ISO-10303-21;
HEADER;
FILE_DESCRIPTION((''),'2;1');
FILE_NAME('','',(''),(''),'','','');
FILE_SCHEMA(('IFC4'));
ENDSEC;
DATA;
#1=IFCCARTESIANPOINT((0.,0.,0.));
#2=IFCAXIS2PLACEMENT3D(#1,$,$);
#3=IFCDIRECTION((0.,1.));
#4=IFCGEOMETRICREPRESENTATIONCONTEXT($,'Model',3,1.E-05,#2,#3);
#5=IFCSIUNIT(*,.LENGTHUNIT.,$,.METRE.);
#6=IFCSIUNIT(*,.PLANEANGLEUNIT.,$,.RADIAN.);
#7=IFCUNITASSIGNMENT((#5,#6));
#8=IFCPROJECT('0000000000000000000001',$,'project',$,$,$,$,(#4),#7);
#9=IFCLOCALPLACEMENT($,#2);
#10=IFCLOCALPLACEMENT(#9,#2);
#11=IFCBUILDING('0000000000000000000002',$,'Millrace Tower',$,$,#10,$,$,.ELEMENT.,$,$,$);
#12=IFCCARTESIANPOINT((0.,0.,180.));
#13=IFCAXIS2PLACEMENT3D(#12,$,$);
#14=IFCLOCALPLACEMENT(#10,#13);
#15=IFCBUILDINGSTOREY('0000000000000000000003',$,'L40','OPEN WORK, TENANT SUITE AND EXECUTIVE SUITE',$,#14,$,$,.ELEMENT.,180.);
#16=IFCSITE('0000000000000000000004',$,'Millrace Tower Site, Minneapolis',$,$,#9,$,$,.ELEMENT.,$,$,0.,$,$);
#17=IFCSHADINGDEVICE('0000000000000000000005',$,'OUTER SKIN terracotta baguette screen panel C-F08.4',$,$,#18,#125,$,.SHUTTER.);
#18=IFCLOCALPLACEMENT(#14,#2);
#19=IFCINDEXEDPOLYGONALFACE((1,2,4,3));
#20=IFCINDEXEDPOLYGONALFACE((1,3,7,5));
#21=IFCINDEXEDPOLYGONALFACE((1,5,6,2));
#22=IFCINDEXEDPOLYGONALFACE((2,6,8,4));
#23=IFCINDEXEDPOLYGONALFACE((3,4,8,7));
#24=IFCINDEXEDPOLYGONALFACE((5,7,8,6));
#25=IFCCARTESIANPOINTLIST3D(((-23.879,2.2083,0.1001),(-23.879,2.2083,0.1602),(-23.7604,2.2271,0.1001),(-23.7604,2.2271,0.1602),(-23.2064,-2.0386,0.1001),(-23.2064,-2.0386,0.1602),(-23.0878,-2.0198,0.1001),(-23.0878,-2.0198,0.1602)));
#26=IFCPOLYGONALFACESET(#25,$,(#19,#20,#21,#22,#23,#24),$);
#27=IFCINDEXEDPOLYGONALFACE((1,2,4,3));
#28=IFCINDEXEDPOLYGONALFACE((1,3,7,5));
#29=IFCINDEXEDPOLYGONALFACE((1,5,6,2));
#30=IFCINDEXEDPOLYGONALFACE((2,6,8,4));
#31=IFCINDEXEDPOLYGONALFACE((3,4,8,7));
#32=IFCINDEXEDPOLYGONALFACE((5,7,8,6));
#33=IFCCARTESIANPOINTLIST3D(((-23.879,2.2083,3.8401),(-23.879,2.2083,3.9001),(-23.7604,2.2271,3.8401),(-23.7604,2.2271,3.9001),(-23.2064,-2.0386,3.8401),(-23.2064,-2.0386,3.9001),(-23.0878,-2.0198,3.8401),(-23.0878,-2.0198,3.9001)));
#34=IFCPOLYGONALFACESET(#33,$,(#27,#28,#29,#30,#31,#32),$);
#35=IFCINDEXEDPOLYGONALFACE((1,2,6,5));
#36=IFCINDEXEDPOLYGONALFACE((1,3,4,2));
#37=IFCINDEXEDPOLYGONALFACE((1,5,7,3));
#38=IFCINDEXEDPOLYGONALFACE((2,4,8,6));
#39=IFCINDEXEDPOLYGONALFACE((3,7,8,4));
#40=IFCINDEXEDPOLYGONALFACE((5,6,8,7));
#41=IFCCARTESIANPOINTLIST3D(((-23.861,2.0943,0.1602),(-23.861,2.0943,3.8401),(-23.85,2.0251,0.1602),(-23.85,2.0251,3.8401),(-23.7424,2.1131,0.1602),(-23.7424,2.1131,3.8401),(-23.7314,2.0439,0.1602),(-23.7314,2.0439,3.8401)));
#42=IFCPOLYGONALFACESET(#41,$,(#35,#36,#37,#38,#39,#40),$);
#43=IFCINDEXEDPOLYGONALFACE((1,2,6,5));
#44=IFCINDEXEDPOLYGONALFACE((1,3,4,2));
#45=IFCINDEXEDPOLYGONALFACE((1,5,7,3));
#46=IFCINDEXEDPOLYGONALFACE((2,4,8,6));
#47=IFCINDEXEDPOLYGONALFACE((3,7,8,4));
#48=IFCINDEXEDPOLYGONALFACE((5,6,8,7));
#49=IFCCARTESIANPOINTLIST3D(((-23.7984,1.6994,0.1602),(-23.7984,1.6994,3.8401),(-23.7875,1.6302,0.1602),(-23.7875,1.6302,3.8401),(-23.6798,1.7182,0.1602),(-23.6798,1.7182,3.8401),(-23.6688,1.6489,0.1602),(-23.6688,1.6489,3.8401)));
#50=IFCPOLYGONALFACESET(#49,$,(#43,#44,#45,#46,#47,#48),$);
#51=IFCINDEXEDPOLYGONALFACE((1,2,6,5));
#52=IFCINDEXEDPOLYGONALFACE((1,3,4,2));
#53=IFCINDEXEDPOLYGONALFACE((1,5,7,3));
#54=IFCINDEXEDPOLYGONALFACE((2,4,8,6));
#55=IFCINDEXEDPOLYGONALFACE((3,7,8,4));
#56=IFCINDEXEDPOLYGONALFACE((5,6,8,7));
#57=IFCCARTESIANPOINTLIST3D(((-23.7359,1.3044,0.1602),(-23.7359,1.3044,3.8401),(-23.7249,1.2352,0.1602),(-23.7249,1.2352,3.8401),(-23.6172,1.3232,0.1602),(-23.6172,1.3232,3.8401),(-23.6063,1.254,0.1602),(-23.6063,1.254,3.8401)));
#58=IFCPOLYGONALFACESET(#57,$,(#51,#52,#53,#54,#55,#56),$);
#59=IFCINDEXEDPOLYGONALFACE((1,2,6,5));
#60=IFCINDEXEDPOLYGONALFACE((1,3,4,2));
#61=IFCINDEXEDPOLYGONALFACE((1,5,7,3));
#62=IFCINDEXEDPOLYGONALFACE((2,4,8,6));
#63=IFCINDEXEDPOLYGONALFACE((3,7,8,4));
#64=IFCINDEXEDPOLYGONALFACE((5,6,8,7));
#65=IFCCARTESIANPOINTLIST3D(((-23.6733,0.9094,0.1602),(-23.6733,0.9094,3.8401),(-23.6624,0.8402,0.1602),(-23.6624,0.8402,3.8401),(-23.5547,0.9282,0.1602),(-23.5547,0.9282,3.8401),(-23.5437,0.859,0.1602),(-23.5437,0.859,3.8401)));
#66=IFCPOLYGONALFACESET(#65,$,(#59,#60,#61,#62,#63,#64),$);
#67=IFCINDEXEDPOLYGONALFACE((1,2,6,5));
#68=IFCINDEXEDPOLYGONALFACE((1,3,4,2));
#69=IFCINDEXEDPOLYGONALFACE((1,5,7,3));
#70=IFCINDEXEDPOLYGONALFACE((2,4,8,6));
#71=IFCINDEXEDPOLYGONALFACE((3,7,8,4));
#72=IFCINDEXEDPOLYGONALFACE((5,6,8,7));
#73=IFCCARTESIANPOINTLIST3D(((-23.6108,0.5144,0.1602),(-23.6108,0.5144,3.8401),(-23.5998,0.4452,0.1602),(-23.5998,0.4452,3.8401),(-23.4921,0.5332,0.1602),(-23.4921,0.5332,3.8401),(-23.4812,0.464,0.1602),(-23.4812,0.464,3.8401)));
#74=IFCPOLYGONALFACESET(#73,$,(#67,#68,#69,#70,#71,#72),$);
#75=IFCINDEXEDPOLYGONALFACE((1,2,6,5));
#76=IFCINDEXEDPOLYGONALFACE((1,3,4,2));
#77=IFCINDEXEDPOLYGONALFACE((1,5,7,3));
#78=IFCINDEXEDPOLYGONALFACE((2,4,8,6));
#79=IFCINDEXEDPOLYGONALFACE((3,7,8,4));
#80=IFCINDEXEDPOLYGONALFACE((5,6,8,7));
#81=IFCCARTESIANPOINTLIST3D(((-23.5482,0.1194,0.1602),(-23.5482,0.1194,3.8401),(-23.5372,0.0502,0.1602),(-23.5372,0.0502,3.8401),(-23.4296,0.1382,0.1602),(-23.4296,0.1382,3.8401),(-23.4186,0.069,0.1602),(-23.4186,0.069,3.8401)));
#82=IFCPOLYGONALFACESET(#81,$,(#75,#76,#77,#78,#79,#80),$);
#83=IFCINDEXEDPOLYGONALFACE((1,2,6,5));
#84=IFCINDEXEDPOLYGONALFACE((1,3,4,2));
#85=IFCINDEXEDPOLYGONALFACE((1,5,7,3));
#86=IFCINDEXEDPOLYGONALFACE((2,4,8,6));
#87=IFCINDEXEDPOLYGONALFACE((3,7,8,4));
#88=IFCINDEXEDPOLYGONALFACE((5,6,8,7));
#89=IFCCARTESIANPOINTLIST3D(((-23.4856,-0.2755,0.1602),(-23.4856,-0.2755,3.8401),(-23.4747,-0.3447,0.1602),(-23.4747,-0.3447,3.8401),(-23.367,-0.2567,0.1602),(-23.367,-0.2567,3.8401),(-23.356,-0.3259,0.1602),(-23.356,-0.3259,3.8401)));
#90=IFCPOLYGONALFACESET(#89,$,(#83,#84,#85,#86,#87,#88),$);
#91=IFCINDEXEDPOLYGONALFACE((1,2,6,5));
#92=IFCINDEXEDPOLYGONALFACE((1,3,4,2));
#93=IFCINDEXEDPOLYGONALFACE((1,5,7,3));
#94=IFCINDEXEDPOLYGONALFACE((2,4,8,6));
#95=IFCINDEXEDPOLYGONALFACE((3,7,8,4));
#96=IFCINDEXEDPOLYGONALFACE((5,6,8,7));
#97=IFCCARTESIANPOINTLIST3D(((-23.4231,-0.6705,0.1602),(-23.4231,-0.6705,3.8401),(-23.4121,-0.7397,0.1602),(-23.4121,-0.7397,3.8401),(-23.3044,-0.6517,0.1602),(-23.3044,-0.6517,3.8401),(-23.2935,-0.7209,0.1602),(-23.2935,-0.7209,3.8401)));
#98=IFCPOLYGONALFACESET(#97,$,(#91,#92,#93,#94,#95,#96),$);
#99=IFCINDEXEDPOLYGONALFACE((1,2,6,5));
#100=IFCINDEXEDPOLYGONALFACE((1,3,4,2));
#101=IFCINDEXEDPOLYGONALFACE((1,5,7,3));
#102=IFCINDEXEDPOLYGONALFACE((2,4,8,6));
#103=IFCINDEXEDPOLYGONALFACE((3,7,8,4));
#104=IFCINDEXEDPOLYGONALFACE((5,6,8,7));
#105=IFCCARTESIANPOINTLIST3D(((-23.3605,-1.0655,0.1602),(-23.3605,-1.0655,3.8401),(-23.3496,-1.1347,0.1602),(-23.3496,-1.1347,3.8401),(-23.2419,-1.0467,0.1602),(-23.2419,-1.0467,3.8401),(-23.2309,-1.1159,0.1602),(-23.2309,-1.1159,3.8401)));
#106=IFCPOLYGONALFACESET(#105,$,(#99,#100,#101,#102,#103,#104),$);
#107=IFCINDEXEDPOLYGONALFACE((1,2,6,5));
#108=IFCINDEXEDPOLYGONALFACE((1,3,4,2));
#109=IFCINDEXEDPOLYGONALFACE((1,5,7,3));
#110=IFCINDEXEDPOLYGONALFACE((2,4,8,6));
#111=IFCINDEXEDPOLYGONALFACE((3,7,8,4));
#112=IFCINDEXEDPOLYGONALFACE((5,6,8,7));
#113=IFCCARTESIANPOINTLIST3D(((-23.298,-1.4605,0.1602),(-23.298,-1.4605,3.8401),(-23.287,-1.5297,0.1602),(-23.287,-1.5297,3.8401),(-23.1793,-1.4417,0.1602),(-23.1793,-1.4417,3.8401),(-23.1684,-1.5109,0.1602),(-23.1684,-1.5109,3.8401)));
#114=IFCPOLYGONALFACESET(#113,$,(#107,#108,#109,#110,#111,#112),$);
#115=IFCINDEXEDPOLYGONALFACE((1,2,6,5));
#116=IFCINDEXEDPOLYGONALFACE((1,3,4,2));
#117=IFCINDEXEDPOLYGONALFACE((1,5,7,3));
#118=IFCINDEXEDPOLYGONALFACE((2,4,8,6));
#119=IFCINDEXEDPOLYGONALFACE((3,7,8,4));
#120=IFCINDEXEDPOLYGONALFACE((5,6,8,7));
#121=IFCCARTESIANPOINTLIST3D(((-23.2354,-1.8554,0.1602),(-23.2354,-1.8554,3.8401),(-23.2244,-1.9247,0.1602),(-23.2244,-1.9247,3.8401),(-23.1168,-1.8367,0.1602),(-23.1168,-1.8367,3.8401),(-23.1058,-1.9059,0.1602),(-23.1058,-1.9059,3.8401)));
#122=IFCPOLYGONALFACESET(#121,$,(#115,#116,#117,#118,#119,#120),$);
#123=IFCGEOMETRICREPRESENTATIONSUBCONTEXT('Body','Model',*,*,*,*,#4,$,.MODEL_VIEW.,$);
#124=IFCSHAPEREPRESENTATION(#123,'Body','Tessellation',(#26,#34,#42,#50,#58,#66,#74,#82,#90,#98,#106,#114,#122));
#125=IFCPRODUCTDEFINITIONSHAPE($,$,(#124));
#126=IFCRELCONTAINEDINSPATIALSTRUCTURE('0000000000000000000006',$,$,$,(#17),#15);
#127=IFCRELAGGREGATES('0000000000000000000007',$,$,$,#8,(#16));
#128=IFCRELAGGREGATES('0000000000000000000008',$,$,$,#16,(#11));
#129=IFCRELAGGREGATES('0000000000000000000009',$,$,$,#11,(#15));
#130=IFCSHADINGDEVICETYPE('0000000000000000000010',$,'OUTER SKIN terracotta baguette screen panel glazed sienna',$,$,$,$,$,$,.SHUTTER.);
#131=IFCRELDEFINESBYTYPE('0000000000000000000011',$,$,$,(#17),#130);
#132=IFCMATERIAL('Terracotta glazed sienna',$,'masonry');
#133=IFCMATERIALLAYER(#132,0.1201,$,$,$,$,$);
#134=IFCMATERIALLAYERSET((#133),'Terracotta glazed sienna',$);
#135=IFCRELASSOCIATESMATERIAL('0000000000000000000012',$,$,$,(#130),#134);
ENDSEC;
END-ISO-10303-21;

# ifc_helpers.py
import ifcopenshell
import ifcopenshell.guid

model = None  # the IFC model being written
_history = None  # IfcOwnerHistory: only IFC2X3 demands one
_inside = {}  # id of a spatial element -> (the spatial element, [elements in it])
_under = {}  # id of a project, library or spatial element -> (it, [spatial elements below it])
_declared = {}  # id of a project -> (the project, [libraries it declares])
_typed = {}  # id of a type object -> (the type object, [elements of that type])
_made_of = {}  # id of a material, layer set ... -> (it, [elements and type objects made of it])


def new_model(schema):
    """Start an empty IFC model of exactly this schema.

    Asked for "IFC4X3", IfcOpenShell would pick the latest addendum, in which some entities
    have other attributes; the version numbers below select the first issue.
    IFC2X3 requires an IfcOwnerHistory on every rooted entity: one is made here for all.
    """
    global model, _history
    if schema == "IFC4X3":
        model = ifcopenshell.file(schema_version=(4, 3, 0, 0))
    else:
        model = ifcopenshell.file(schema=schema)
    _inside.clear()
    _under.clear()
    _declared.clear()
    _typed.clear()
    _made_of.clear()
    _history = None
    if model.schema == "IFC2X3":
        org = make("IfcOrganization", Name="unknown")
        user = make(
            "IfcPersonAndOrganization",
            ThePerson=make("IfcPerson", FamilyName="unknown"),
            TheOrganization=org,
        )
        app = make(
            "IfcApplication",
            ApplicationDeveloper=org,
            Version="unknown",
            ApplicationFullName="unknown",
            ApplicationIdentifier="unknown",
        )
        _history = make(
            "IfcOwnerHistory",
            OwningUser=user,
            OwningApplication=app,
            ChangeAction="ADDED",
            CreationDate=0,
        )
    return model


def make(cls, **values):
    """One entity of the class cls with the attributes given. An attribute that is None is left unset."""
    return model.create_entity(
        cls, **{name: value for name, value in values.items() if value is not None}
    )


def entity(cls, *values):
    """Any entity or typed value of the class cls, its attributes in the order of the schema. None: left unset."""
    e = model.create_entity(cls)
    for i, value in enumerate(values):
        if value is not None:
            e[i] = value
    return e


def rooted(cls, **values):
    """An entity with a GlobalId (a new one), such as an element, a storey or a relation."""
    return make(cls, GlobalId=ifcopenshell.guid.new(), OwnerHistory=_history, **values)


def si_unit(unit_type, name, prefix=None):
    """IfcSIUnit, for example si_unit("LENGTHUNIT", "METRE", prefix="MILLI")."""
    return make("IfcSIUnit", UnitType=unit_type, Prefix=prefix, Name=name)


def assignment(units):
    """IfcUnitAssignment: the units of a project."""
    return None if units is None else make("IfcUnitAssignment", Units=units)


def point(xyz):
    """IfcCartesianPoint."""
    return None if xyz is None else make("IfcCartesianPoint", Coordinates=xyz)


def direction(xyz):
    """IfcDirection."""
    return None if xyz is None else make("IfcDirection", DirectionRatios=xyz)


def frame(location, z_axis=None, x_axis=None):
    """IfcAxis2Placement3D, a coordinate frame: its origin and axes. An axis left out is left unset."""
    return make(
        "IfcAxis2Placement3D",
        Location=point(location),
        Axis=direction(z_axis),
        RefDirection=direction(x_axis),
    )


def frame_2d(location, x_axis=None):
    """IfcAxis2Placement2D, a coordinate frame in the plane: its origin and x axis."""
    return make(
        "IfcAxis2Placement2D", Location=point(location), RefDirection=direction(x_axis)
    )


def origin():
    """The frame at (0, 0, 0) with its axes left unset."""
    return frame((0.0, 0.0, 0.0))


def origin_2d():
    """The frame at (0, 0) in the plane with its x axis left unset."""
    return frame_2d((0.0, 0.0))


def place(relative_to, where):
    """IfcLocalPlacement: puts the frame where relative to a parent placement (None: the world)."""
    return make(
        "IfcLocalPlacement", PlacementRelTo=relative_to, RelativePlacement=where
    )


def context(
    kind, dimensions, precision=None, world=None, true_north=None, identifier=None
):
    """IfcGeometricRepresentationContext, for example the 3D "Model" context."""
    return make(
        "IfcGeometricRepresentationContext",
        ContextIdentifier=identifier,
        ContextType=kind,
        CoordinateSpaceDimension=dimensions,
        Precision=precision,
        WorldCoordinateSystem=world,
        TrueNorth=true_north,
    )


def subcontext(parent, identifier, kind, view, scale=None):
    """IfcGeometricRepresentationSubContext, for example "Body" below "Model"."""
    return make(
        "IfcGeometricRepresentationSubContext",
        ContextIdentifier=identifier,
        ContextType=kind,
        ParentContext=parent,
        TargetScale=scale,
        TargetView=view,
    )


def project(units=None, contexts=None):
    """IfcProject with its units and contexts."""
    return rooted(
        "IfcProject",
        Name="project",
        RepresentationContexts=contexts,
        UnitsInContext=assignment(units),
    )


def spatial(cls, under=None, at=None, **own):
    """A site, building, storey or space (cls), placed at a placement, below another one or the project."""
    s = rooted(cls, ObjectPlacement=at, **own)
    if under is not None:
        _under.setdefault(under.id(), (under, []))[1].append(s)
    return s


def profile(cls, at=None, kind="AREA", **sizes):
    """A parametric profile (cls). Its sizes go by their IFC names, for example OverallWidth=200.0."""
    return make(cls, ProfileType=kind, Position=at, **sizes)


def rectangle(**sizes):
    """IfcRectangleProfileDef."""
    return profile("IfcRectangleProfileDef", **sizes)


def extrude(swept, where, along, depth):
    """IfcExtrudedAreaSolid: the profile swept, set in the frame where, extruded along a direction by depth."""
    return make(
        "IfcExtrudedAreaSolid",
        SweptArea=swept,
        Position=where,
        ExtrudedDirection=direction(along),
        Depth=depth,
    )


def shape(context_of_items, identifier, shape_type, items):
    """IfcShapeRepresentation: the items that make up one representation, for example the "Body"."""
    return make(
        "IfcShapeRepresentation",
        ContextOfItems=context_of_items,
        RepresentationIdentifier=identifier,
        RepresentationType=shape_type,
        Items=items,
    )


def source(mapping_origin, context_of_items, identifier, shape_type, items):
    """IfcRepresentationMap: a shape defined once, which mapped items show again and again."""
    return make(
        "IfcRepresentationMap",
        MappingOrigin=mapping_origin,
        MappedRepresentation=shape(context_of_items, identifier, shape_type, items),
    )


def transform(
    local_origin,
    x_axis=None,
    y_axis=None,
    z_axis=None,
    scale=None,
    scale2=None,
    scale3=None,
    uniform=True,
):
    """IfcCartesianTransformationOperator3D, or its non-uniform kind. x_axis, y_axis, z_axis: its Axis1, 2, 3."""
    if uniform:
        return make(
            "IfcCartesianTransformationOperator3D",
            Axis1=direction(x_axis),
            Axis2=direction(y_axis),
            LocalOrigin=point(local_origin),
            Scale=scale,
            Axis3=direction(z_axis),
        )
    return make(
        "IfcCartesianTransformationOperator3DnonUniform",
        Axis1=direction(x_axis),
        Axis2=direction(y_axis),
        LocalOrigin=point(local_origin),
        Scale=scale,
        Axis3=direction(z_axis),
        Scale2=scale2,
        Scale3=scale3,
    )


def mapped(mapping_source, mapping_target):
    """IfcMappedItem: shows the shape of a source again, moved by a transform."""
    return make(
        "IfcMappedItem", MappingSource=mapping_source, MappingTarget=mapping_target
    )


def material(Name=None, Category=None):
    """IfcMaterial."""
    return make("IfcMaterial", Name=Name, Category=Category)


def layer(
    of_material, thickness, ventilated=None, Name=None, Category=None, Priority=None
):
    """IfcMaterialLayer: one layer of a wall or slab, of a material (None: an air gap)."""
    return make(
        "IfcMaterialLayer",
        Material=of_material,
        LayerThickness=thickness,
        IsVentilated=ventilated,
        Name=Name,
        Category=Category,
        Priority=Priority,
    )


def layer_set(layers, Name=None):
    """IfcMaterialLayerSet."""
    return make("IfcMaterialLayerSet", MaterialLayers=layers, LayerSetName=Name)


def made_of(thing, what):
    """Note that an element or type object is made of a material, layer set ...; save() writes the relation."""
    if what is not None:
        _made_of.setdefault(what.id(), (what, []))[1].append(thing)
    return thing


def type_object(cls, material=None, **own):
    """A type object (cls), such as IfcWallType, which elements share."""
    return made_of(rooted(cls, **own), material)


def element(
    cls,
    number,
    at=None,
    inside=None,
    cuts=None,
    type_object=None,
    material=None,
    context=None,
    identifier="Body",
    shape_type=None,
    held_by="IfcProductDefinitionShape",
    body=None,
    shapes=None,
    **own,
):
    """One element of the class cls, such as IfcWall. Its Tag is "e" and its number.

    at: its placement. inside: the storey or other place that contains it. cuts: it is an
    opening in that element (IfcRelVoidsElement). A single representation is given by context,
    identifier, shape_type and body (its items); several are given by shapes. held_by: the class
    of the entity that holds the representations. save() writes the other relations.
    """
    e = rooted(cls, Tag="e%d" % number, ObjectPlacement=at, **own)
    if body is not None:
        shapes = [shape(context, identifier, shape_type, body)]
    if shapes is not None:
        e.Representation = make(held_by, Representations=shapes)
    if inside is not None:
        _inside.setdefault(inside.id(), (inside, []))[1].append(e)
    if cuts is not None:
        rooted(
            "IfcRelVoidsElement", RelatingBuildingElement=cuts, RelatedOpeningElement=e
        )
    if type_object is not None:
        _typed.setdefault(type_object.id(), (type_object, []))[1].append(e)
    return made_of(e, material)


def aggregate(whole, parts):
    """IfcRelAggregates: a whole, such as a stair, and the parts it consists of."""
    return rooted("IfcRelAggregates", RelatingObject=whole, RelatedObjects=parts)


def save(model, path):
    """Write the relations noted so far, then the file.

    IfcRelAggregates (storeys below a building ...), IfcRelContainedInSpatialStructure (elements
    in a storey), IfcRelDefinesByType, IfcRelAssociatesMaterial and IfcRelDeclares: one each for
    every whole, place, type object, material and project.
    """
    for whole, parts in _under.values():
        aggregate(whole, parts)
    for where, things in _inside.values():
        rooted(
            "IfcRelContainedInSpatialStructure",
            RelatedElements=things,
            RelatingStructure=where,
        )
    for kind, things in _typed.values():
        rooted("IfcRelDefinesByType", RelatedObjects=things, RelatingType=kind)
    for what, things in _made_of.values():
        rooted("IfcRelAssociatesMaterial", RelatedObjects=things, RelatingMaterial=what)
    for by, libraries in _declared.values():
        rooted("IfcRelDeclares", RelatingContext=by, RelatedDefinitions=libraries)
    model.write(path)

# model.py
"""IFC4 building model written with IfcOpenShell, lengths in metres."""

from ifc_helpers import new_model, entity, si_unit, direction, frame, frame_2d, origin, origin_2d, place, context, subcontext, project, spatial, rectangle, extrude, source, transform, mapped, material, layer, layer_set, type_object, element, save


model = new_model("IFC4")

# Units and contexts
model_context = context("Model", 3, precision=1e-05, world=origin(), true_north=direction((0.0, 1.0)))
body_context = subcontext(model_context, "Body", "Model", "MODEL_VIEW")
ifc_project = project(units=[si_unit("LENGTHUNIT", "METRE"), si_unit("PLANEANGLEUNIT", "RADIAN")], contexts=[model_context])

# Site, building, storey
site_placement = place(None, origin())
site = spatial("IfcSite", under=ifc_project, at=site_placement, Name="Millrace Tower Site, Minneapolis", CompositionType="ELEMENT", RefElevation=0.0)
building_placement = place(site_placement, origin())
building = spatial("IfcBuilding", under=site, at=building_placement, Name="Millrace Tower", CompositionType="ELEMENT")
storey_placement = place(building_placement, frame((0.0, 0.0, 180.0)))
storey = spatial("IfcBuildingStorey", under=building, at=storey_placement, Name="L40", Description="OPEN WORK, TENANT SUITE AND EXECUTIVE SUITE", CompositionType="ELEMENT", Elevation=180.0)

# Shading device
ifc_material_1 = material(Name="Terracotta glazed sienna", Category="masonry")
ifc_layer_1 = layer(ifc_material_1, 0.1201)
ifc_layer_set_1 = layer_set([ifc_layer_1], Name="Terracotta glazed sienna")
shading_device_type = type_object("IfcShadingDeviceType", Name="OUTER SKIN terracotta baguette screen panel glazed sienna", PredefinedType="SHUTTER", material=ifc_layer_set_1)
cartesian_point = entity("IfcCartesianPoint", [-2.1499, 0.0601])
shared_polyline = entity("IfcPolyline", [cartesian_point, entity("IfcCartesianPoint", [2.1499, 0.0601]), entity("IfcCartesianPoint", [2.1499, -0.0601]), entity("IfcCartesianPoint", [-2.1499, -0.0601]), cartesian_point])
shared_shape = source(origin(), body_context, "Body", "SweptSolid", [
    entity("IfcExtrudedAreaSolid", entity("IfcArbitraryClosedProfileDef", "AREA", None, shared_polyline), entity("IfcAxis2Placement3D", entity("IfcCartesianPoint", [0.0, 0.0, 0.0])), entity("IfcDirection", [0.0, 0.0, 1.0]), 0.0601),
    entity("IfcExtrudedAreaSolid", entity("IfcArbitraryClosedProfileDef", "AREA", None, shared_polyline), entity("IfcAxis2Placement3D", entity("IfcCartesianPoint", [0.0, 0.0, 3.74])), entity("IfcDirection", [0.0, 0.0, 1.0]), 0.0601),
    extrude(rectangle(XDim=0.0701, YDim=0.1201, at=frame_2d((-1.9995, 0.0))), frame((0.0, 0.0, 0.0601)), (0.0, 0.0, 1.0), 3.6799),
    extrude(rectangle(XDim=0.0701, YDim=0.1201, at=frame_2d((-1.5996, 0.0))), frame((0.0, 0.0, 0.0601)), (0.0, 0.0, 1.0), 3.6799),
    extrude(rectangle(XDim=0.0701, YDim=0.1201, at=frame_2d((-1.1997, 0.0))), frame((0.0, 0.0, 0.0601)), (0.0, 0.0, 1.0), 3.6799),
    extrude(rectangle(XDim=0.0701, YDim=0.1201, at=frame_2d((-0.7998, 0.0))), frame((0.0, 0.0, 0.0601)), (0.0, 0.0, 1.0), 3.6799),
    extrude(rectangle(XDim=0.0701, YDim=0.1201, at=frame_2d((-0.3999, 0.0))), frame((0.0, 0.0, 0.0601)), (0.0, 0.0, 1.0), 3.6799),
    extrude(rectangle(XDim=0.0701, YDim=0.1201, at=origin_2d()), frame((0.0, 0.0, 0.0601)), (0.0, 0.0, 1.0), 3.6799),
    extrude(rectangle(XDim=0.0701, YDim=0.1201, at=frame_2d((0.3999, 0.0))), frame((0.0, 0.0, 0.0601)), (0.0, 0.0, 1.0), 3.6799),
    extrude(rectangle(XDim=0.0701, YDim=0.1201, at=frame_2d((0.7998, 0.0))), frame((0.0, 0.0, 0.0601)), (0.0, 0.0, 1.0), 3.6799),
    extrude(rectangle(XDim=0.0701, YDim=0.1201, at=frame_2d((1.1997, 0.0))), frame((0.0, 0.0, 0.0601)), (0.0, 0.0, 1.0), 3.6799),
    extrude(rectangle(XDim=0.0701, YDim=0.1201, at=frame_2d((1.5996, 0.0))), frame((0.0, 0.0, 0.0601)), (0.0, 0.0, 1.0), 3.6799),
    extrude(rectangle(XDim=0.0701, YDim=0.1201, at=frame_2d((1.9995, 0.0))), frame((0.0, 0.0, 0.0601)), (0.0, 0.0, 1.0), 3.6799),
])
shading_device_placement = place(storey_placement, frame((-23.4834, 0.0942, 0.1001), z_axis=(0.0, 0.0, 1.0), x_axis=(0.156434, -0.987688, 0.0)))
element("IfcShadingDevice", 1, at=shading_device_placement, inside=storey, type_object=shading_device_type, Name="OUTER SKIN terracotta baguette screen panel C-F08.4", PredefinedType="SHUTTER", context=body_context, shape_type="MappedRepresentation", body=[
    mapped(shared_shape, transform((0.0, 0.0, 0.0), scale=1.0)),
])

save(model, "model.ifc")
